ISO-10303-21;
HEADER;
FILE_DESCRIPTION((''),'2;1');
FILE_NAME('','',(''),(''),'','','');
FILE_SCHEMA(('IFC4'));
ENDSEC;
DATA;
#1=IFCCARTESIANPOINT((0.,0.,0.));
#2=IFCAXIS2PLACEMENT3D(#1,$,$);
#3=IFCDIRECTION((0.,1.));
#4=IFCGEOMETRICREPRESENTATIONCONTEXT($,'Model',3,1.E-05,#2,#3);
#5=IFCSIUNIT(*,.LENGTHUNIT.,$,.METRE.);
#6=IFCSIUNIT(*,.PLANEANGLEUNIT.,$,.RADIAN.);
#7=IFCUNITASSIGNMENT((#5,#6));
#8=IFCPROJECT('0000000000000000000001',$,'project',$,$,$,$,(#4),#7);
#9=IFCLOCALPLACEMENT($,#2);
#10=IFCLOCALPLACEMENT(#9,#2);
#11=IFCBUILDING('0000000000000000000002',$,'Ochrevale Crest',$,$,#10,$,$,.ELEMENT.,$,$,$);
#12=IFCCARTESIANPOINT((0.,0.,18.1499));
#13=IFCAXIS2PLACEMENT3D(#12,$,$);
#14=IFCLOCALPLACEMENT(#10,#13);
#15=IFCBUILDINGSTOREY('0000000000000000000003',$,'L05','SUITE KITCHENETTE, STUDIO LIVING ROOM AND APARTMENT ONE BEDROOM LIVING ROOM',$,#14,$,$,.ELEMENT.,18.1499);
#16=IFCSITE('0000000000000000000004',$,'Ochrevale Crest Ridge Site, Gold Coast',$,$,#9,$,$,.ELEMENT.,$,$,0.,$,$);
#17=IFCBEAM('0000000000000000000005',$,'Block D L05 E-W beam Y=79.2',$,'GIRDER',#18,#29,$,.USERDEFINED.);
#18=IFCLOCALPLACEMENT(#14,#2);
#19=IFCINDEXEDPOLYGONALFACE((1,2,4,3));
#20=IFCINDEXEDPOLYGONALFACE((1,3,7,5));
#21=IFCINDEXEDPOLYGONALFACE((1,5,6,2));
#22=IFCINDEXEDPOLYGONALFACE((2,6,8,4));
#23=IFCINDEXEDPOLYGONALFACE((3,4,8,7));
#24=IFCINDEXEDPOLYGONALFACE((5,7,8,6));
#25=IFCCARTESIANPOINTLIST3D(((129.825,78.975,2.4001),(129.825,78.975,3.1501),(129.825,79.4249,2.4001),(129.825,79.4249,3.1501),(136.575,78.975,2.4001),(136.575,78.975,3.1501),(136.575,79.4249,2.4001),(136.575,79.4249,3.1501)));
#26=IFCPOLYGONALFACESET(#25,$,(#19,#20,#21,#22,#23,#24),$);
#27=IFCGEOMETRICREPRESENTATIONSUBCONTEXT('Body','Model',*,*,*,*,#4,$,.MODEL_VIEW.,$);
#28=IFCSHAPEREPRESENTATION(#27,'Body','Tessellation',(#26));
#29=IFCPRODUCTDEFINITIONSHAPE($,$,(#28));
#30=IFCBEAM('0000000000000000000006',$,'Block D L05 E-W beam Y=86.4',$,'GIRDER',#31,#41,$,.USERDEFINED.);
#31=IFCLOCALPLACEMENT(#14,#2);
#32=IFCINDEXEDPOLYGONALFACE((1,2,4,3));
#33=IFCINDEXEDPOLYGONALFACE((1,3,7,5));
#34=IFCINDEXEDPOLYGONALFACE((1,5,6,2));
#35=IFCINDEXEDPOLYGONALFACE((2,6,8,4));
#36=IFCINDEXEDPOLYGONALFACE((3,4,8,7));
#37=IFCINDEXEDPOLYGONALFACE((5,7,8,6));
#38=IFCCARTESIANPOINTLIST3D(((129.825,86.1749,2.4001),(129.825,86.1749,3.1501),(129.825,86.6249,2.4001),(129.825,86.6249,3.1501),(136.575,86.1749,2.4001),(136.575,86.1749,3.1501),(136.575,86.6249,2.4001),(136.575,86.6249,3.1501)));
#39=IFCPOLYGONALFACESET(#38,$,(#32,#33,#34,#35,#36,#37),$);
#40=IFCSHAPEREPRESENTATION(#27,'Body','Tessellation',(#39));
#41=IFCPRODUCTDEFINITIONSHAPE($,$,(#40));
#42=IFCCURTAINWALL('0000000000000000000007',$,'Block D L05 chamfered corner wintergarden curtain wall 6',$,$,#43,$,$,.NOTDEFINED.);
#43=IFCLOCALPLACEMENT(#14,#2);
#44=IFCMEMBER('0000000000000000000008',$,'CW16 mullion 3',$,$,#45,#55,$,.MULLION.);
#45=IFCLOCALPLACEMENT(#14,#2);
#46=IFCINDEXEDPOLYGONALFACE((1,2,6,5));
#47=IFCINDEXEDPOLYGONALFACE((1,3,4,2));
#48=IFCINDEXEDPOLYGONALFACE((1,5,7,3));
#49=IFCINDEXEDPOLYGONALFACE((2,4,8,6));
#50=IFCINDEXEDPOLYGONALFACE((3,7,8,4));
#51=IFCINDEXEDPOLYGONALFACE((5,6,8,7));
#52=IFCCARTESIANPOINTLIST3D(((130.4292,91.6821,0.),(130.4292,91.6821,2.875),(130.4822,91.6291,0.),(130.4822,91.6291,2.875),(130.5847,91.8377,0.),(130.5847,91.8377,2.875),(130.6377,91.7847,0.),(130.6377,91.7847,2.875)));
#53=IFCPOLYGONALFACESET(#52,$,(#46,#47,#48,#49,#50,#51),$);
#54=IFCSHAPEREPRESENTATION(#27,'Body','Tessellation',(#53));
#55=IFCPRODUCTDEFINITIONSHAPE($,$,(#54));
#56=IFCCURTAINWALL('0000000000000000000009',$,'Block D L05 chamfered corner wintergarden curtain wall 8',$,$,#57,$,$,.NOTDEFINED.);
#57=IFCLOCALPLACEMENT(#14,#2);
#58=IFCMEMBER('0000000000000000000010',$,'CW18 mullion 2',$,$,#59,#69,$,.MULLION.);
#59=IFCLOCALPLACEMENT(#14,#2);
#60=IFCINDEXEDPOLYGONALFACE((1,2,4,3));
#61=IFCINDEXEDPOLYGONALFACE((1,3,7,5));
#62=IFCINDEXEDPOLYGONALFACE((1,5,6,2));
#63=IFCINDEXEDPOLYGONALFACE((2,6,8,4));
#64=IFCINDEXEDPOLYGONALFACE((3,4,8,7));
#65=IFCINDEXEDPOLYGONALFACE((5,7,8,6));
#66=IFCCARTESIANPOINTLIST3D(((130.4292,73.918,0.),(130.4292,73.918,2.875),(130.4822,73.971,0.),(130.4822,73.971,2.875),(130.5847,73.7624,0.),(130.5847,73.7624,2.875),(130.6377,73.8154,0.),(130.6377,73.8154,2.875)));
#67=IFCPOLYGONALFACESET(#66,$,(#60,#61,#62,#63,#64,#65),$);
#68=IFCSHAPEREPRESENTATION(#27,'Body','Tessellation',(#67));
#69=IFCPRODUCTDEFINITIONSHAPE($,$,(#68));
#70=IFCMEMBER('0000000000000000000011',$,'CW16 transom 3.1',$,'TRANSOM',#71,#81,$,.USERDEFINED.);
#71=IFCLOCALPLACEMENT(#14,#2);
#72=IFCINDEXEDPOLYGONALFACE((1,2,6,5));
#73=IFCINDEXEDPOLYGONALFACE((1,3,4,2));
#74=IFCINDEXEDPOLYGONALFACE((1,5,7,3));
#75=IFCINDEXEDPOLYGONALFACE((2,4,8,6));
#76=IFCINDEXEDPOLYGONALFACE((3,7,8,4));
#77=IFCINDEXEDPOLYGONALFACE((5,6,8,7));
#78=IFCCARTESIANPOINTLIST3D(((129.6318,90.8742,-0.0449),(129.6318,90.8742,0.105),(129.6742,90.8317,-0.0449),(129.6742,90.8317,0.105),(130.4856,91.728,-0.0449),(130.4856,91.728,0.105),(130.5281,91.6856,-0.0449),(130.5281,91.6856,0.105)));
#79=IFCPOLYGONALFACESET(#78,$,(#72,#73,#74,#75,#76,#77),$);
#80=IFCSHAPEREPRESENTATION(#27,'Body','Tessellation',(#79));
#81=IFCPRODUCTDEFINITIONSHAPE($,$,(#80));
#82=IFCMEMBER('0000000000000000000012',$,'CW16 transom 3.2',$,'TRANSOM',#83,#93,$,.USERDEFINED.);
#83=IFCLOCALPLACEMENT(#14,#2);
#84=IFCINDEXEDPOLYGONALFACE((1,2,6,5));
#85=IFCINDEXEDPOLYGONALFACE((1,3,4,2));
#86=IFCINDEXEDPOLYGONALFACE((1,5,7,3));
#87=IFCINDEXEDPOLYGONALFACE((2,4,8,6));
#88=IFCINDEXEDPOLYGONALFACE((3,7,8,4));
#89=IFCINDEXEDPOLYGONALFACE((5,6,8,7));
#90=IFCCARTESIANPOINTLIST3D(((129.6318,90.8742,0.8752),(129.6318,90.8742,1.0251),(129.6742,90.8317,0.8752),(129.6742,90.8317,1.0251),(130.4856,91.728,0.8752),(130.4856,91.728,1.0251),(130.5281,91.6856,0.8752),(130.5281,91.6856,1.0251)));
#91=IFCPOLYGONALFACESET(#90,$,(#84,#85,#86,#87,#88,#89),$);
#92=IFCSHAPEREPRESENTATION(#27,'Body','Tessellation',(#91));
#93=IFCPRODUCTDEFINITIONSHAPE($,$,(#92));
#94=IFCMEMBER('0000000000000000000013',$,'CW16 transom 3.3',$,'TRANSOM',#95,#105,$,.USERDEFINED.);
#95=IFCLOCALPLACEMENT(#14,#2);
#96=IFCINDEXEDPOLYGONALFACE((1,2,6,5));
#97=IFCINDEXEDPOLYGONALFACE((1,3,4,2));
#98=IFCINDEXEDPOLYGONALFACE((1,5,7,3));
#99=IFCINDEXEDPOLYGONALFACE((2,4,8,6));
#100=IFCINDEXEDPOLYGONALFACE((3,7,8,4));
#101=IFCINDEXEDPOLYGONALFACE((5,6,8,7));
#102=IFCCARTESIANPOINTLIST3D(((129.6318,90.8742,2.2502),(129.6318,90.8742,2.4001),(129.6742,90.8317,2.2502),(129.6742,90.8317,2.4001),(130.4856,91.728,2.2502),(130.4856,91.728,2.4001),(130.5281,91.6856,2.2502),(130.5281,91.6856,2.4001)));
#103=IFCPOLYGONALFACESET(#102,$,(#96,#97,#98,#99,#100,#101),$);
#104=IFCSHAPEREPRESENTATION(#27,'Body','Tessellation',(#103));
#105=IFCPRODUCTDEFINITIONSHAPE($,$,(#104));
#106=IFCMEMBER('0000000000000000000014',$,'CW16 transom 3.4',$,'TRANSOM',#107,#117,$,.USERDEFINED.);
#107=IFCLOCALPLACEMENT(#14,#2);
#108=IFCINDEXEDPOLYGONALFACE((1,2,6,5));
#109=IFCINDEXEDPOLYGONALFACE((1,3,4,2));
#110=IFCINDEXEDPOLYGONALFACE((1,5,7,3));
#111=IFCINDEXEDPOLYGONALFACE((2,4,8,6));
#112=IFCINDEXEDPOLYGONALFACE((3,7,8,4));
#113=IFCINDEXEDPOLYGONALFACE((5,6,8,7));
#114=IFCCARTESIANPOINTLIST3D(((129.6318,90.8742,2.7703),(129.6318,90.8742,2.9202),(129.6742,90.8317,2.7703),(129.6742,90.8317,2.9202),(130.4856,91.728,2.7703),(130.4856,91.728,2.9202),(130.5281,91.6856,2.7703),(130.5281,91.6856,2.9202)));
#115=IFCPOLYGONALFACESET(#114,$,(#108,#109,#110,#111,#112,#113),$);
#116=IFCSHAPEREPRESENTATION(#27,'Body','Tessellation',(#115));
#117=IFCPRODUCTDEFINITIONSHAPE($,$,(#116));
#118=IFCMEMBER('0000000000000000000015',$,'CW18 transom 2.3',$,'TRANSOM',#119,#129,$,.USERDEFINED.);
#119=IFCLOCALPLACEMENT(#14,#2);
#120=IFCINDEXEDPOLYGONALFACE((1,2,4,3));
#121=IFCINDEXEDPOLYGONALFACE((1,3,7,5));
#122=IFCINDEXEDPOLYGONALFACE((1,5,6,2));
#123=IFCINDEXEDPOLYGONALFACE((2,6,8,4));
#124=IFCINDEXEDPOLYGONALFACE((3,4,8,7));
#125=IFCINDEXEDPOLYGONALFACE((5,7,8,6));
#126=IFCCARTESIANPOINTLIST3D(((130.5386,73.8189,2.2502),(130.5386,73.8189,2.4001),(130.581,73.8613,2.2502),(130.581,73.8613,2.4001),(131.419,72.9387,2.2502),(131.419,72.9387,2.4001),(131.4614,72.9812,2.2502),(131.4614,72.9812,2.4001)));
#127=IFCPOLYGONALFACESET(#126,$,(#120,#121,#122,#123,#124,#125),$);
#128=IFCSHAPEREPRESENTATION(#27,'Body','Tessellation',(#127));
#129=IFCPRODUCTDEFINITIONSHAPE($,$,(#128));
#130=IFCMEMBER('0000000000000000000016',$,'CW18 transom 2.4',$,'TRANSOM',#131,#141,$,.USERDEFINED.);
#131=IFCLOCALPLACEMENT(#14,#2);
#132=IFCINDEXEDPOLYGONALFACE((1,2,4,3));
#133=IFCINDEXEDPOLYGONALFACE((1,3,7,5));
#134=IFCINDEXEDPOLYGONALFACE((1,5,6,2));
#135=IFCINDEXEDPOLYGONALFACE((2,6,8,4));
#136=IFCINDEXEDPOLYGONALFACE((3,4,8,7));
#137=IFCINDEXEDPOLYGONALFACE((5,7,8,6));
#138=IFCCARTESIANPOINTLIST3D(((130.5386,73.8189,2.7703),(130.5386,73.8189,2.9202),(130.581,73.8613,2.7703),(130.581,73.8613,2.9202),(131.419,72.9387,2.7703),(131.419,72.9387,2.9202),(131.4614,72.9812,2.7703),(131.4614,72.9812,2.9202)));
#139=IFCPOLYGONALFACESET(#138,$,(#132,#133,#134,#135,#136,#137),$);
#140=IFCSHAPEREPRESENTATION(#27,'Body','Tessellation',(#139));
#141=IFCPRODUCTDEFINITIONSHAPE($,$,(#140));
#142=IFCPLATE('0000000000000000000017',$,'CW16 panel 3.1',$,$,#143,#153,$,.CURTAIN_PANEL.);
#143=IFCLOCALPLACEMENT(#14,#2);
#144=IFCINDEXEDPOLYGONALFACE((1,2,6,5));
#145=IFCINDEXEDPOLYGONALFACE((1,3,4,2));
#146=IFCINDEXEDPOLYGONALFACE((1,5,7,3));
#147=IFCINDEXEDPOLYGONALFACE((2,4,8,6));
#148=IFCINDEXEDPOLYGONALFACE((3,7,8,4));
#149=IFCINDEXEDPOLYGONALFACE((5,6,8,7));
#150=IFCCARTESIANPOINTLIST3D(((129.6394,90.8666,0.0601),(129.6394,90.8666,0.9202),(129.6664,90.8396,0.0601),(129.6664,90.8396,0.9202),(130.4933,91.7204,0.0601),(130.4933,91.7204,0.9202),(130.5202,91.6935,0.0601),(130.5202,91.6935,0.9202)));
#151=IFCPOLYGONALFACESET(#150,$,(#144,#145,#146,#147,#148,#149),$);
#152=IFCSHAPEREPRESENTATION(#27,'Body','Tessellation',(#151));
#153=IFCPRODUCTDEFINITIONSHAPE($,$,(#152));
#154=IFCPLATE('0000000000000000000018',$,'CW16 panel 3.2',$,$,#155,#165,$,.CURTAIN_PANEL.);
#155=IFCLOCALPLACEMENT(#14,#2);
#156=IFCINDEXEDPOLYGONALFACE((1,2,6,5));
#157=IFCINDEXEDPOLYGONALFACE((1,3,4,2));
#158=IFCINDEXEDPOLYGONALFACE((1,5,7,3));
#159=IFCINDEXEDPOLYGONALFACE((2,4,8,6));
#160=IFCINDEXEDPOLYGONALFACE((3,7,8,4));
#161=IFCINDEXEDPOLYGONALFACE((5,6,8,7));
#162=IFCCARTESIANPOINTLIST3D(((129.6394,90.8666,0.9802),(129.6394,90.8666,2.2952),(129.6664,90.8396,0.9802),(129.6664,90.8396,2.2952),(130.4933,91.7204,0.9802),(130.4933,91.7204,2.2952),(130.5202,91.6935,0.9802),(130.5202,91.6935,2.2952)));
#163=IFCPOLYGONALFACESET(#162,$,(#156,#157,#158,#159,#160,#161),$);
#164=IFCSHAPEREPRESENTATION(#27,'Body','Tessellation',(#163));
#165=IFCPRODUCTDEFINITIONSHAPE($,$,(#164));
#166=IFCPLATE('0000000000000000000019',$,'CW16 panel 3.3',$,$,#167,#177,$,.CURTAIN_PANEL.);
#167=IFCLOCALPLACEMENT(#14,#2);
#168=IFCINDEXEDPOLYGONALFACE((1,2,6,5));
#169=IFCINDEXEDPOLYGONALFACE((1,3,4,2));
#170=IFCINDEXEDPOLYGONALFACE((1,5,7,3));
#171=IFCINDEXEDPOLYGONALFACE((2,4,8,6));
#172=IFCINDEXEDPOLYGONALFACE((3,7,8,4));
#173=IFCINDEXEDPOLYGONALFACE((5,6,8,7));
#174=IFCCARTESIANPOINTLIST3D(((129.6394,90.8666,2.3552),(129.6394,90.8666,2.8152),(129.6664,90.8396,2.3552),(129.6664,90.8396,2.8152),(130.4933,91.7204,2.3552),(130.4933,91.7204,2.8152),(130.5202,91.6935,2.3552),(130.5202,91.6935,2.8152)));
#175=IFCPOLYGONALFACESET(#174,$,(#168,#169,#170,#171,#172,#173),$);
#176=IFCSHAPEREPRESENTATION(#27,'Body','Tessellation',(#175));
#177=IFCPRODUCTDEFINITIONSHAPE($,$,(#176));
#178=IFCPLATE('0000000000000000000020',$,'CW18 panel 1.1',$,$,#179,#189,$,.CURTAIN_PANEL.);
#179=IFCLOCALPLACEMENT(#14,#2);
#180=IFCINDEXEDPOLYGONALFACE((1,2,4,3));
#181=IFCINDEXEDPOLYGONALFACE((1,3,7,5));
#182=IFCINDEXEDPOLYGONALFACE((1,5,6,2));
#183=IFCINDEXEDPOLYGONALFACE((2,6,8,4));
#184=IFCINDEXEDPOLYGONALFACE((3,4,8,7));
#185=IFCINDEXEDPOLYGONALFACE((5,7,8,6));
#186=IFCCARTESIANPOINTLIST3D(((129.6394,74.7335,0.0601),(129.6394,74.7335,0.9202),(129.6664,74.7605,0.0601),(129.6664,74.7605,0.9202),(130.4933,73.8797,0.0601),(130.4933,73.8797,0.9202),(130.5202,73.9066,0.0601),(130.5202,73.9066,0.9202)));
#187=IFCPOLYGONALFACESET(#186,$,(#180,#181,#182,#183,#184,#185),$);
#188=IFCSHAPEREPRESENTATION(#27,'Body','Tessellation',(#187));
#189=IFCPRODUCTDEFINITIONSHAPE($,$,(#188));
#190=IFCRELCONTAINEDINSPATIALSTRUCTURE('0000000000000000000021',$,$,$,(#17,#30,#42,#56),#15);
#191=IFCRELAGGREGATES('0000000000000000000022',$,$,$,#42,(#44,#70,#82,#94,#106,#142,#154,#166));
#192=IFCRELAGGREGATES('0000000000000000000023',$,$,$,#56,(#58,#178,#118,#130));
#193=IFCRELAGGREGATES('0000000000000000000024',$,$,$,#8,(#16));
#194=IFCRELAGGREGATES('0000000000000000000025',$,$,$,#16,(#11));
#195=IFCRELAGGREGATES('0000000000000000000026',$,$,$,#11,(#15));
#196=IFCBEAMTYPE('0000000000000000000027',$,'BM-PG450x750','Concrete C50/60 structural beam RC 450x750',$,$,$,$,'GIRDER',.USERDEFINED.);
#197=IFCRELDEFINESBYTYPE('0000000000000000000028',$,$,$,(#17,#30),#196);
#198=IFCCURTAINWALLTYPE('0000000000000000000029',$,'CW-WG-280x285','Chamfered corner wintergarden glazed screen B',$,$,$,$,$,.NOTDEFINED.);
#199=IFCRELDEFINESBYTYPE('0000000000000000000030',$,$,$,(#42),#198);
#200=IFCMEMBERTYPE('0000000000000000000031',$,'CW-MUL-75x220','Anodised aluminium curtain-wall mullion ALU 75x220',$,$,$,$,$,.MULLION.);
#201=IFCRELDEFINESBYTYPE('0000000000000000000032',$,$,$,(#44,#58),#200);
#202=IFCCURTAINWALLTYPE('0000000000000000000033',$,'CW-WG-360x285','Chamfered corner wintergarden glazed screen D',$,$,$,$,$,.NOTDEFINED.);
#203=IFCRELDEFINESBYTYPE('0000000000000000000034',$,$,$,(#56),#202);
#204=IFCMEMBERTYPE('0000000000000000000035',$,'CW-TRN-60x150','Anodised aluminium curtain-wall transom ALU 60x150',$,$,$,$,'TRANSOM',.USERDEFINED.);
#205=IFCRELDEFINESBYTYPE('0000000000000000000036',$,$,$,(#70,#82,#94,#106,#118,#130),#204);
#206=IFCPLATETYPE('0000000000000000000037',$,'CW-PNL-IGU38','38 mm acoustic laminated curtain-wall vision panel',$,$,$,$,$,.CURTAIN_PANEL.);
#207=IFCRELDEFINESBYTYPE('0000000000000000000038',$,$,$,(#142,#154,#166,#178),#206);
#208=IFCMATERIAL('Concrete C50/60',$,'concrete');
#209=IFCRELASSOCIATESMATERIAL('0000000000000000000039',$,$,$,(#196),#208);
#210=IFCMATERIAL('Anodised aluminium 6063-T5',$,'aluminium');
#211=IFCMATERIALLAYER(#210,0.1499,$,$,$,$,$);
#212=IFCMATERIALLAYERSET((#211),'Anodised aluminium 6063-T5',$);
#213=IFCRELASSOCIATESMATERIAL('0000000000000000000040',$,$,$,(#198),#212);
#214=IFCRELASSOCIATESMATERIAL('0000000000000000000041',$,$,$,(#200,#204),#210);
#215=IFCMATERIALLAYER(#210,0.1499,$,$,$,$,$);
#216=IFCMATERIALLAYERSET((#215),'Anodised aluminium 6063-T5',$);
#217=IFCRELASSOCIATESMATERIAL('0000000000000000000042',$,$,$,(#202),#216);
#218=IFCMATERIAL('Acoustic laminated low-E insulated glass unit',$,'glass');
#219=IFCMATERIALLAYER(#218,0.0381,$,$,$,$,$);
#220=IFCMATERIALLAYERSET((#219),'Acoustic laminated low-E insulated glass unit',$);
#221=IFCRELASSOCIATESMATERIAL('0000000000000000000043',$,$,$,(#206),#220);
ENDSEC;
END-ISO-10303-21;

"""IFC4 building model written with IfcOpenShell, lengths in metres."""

from ifc_helpers import new_model, si_unit, direction, frame, origin, origin_2d, place, context, subcontext, project, spatial, rectangle, extrude, material, layer, layer_set, material_profile, profile_set, type_object, element, aggregate, save


model = new_model("IFC4")

# Units and contexts
model_context = context("Model", 3, precision=1e-05, world=origin(), true_north=direction((0.0, 1.0)))
body_context = subcontext(model_context, "Body", "Model", "MODEL_VIEW")
ifc_project = project(units=[si_unit("LENGTHUNIT", "METRE"), si_unit("PLANEANGLEUNIT", "RADIAN")], contexts=[model_context])

# Site, building, storey
site_placement = place(None, origin())
site = spatial("IfcSite", under=ifc_project, at=site_placement, Name="Ochrevale Crest Ridge Site, Gold Coast", CompositionType="ELEMENT", RefElevation=0.0)
building_placement = place(site_placement, origin())
building = spatial("IfcBuilding", under=site, at=building_placement, Name="Ochrevale Crest", CompositionType="ELEMENT")
storey_placement = place(building_placement, frame((0.0, 0.0, 18.1499)))
storey = spatial("IfcBuildingStorey", under=building, at=storey_placement, Name="L05", Description="SUITE KITCHENETTE, STUDIO LIVING ROOM AND APARTMENT ONE BEDROOM LIVING ROOM", CompositionType="ELEMENT", Elevation=18.1499)

# Beams
ifc_material_1 = material(Name="Concrete C50/60", Category="concrete")
ifc_material_profile_1 = material_profile(ifc_material_1, rectangle(XDim=0.45, YDim=0.75, at=origin_2d()), Name="RC 450x750")
ifc_profile_set_1 = profile_set([ifc_material_profile_1], Name="Concrete C50/60")
beam_type = type_object("IfcBeamType", Name="BM-PG450x750", Description="Concrete C50/60 structural beam RC 450x750", ElementType="GIRDER", PredefinedType="USERDEFINED", material=ifc_profile_set_1)
for number, where, z_axis, x_axis, name in (
    (1, (129.825, 79.2, 2.7751), (1.0, 0.0, 0.0), (0.0, 1.0, 0.0), "Block D L05 E-W beam Y=79.2"),
    (2, (129.825, 86.3999, 2.7751), (1.0, 0.0, 0.0), (0.0, 1.0, 0.0), "Block D L05 E-W beam Y=86.4"),
):
    element("IfcBeam", number, at=place(storey_placement, frame(where, z_axis=z_axis, x_axis=x_axis)), inside=storey, type_object=beam_type, Name=name, ObjectType="GIRDER", PredefinedType="USERDEFINED", context=body_context, shape_type="SweptSolid", body=[
        extrude(rectangle(XDim=0.45, YDim=0.75, at=origin_2d()), origin(), (0.0, 0.0, 1.0), 6.75),
    ])

# Curtain walls, members
ifc_material_2 = material(Name="Anodised aluminium 6063-T5", Category="aluminium")
ifc_layer_1 = layer(ifc_material_2, 0.1499)
ifc_layer_set_1 = layer_set([ifc_layer_1], Name="Anodised aluminium 6063-T5")
curtain_wall_type_1 = type_object("IfcCurtainWallType", Name="CW-WG-280x285", Description="Chamfered corner wintergarden glazed screen B", PredefinedType="NOTDEFINED", material=ifc_layer_set_1)
curtain_wall_1_placement = place(storey_placement, origin())
curtain_wall_1 = element("IfcCurtainWall", 3, at=curtain_wall_1_placement, inside=storey, type_object=curtain_wall_type_1, Name="Block D L05 chamfered corner wintergarden curtain wall 6", PredefinedType="NOTDEFINED")
ifc_material_profile_2 = material_profile(ifc_material_2, rectangle(XDim=0.075, YDim=0.22, at=origin_2d()), Name="ALU 75x220")
ifc_profile_set_2 = profile_set([ifc_material_profile_2], Name="Anodised aluminium 6063-T5")
member_type_1 = type_object("IfcMemberType", Name="CW-MUL-75x220", Description="Anodised aluminium curtain-wall mullion ALU 75x220", PredefinedType="MULLION", material=ifc_profile_set_2)
member_1_placement = place(storey_placement, frame((130.5334, 91.7334, 0.0), z_axis=(0.0, 0.0, 1.0), x_axis=(0.707107, -0.707107, 0.0)))
member_1 = element("IfcMember", 4, at=member_1_placement, type_object=member_type_1, Name="CW16 mullion 3", PredefinedType="MULLION", context=body_context, shape_type="SweptSolid", body=[
    extrude(rectangle(XDim=0.075, YDim=0.22, at=origin_2d()), origin(), (0.0, 0.0, 1.0), 2.875),
])
ifc_layer_2 = layer(ifc_material_2, 0.1499)
ifc_layer_set_2 = layer_set([ifc_layer_2], Name="Anodised aluminium 6063-T5")
curtain_wall_type_2 = type_object("IfcCurtainWallType", Name="CW-WG-360x285", Description="Chamfered corner wintergarden glazed screen D", PredefinedType="NOTDEFINED", material=ifc_layer_set_2)
curtain_wall_2_placement = place(storey_placement, origin())
curtain_wall_2 = element("IfcCurtainWall", 5, at=curtain_wall_2_placement, inside=storey, type_object=curtain_wall_type_2, Name="Block D L05 chamfered corner wintergarden curtain wall 8", PredefinedType="NOTDEFINED")
member_2_placement = place(storey_placement, frame((130.5334, 73.8667, 0.0), z_axis=(0.0, 0.0, 1.0), x_axis=(0.707107, 0.707107, 0.0)))
member_2 = element("IfcMember", 6, at=member_2_placement, type_object=member_type_1, Name="CW18 mullion 2", PredefinedType="MULLION", context=body_context, shape_type="SweptSolid", body=[
    extrude(rectangle(XDim=0.075, YDim=0.22, at=origin_2d()), origin(), (0.0, 0.0, 1.0), 2.875),
])

# Members
ifc_material_profile_3 = material_profile(ifc_material_2, rectangle(XDim=0.0601, YDim=0.1499, at=origin_2d()), Name="ALU 60x150")
ifc_profile_set_3 = profile_set([ifc_material_profile_3], Name="Anodised aluminium 6063-T5")
member_type_2 = type_object("IfcMemberType", Name="CW-TRN-60x150", Description="Anodised aluminium curtain-wall transom ALU 60x150", ElementType="TRANSOM", PredefinedType="USERDEFINED", material=ifc_profile_set_3)
member_3_placement = place(storey_placement, frame((130.5068, 91.7068, 0.03), z_axis=(-0.707107, -0.707107, 0.0), x_axis=(0.707107, -0.707107, 0.0)))
member_3 = element("IfcMember", 7, at=member_3_placement, type_object=member_type_2, Name="CW16 transom 3.1", ObjectType="TRANSOM", PredefinedType="USERDEFINED", context=body_context, shape_type="SweptSolid", body=[
    extrude(rectangle(XDim=0.0601, YDim=0.1499, at=origin_2d()), origin(), (0.0, 0.0, 1.0), 1.2075),
])
member_4_placement = place(storey_placement, frame((130.5068, 91.7068, 0.9502), z_axis=(-0.707107, -0.707107, 0.0), x_axis=(0.707107, -0.707107, 0.0)))
member_4 = element("IfcMember", 8, at=member_4_placement, type_object=member_type_2, Name="CW16 transom 3.2", ObjectType="TRANSOM", PredefinedType="USERDEFINED", context=body_context, shape_type="SweptSolid", body=[
    extrude(rectangle(XDim=0.0601, YDim=0.1499, at=origin_2d()), origin(), (0.0, 0.0, 1.0), 1.2075),
])
member_5_placement = place(storey_placement, frame((130.5068, 91.7068, 2.3252), z_axis=(-0.707107, -0.707107, 0.0), x_axis=(0.707107, -0.707107, 0.0)))
member_5 = element("IfcMember", 9, at=member_5_placement, type_object=member_type_2, Name="CW16 transom 3.3", ObjectType="TRANSOM", PredefinedType="USERDEFINED", context=body_context, shape_type="SweptSolid", body=[
    extrude(rectangle(XDim=0.0601, YDim=0.1499, at=origin_2d()), origin(), (0.0, 0.0, 1.0), 1.2075),
])
member_6_placement = place(storey_placement, frame((130.5068, 91.7068, 2.8452), z_axis=(-0.707107, -0.707107, 0.0), x_axis=(0.707107, -0.707107, 0.0)))
member_6 = element("IfcMember", 10, at=member_6_placement, type_object=member_type_2, Name="CW16 transom 3.4", ObjectType="TRANSOM", PredefinedType="USERDEFINED", context=body_context, shape_type="SweptSolid", body=[
    extrude(rectangle(XDim=0.0601, YDim=0.1499, at=origin_2d()), origin(), (0.0, 0.0, 1.0), 1.2075),
])
member_7_placement = place(storey_placement, frame((130.5598, 73.8401, 2.3252), z_axis=(0.707205, -0.707009, 0.0), x_axis=(0.707009, 0.707205, 0.0)))
member_7 = element("IfcMember", 11, at=member_7_placement, type_object=member_type_2, Name="CW18 transom 2.3", ObjectType="TRANSOM", PredefinedType="USERDEFINED", context=body_context, shape_type="SweptSolid", body=[
    extrude(rectangle(XDim=0.0601, YDim=0.1499, at=origin_2d()), origin(), (0.0, 0.0, 1.0), 1.2449),
])
member_8_placement = place(storey_placement, frame((130.5598, 73.8401, 2.8452), z_axis=(0.707205, -0.707009, 0.0), x_axis=(0.707009, 0.707205, 0.0)))
member_8 = element("IfcMember", 12, at=member_8_placement, type_object=member_type_2, Name="CW18 transom 2.4", ObjectType="TRANSOM", PredefinedType="USERDEFINED", context=body_context, shape_type="SweptSolid", body=[
    extrude(rectangle(XDim=0.0601, YDim=0.1499, at=origin_2d()), origin(), (0.0, 0.0, 1.0), 1.2449),
])

# Plates
ifc_material_3 = material(Name="Acoustic laminated low-E insulated glass unit", Category="glass")
ifc_layer_3 = layer(ifc_material_3, 0.0381)
ifc_layer_set_3 = layer_set([ifc_layer_3], Name="Acoustic laminated low-E insulated glass unit")
plate_type = type_object("IfcPlateType", Name="CW-PNL-IGU38", Description="38 mm acoustic laminated curtain-wall vision panel", PredefinedType="CURTAIN_PANEL", material=ifc_layer_set_3)
plate_1_placement = place(storey_placement, frame((130.0798, 91.28, 0.0601), z_axis=(0.0, 0.0, 1.0), x_axis=(-0.707107, -0.707107, 0.0)))
plate_1 = element("IfcPlate", 13, at=plate_1_placement, type_object=plate_type, Name="CW16 panel 3.1", PredefinedType="CURTAIN_PANEL", context=body_context, shape_type="SweptSolid", body=[
    extrude(rectangle(XDim=1.2075, YDim=0.0381, at=origin_2d()), origin(), (0.0, 0.0, 1.0), 0.8601),
])
plate_2_placement = place(storey_placement, frame((130.0798, 91.28, 0.9802), z_axis=(0.0, 0.0, 1.0), x_axis=(-0.707107, -0.707107, 0.0)))
plate_2 = element("IfcPlate", 14, at=plate_2_placement, type_object=plate_type, Name="CW16 panel 3.2", PredefinedType="CURTAIN_PANEL", context=body_context, shape_type="SweptSolid", body=[
    extrude(rectangle(XDim=1.2075, YDim=0.0381, at=origin_2d()), origin(), (0.0, 0.0, 1.0), 1.3149),
])
plate_3_placement = place(storey_placement, frame((130.0798, 91.28, 2.3552), z_axis=(0.0, 0.0, 1.0), x_axis=(-0.707107, -0.707107, 0.0)))
plate_3 = element("IfcPlate", 15, at=plate_3_placement, type_object=plate_type, Name="CW16 panel 3.3", PredefinedType="CURTAIN_PANEL", context=body_context, shape_type="SweptSolid", body=[
    extrude(rectangle(XDim=1.2075, YDim=0.0381, at=origin_2d()), origin(), (0.0, 0.0, 1.0), 0.46),
])
aggregate(curtain_wall_1, [member_1, member_3, member_4, member_5, member_6, plate_1, plate_2, plate_3])
plate_4_placement = place(storey_placement, frame((130.0798, 74.3201, 0.0601), z_axis=(0.0, 0.0, 1.0), x_axis=(0.707107, -0.707107, 0.0)))
plate_4 = element("IfcPlate", 16, at=plate_4_placement, type_object=plate_type, Name="CW18 panel 1.1", PredefinedType="CURTAIN_PANEL", context=body_context, shape_type="SweptSolid", body=[
    extrude(rectangle(XDim=1.2075, YDim=0.0381, at=origin_2d()), origin(), (0.0, 0.0, 1.0), 0.8601),
])
aggregate(curtain_wall_2, [member_2, plate_4, member_7, member_8])

save(model, "model.ifc")
